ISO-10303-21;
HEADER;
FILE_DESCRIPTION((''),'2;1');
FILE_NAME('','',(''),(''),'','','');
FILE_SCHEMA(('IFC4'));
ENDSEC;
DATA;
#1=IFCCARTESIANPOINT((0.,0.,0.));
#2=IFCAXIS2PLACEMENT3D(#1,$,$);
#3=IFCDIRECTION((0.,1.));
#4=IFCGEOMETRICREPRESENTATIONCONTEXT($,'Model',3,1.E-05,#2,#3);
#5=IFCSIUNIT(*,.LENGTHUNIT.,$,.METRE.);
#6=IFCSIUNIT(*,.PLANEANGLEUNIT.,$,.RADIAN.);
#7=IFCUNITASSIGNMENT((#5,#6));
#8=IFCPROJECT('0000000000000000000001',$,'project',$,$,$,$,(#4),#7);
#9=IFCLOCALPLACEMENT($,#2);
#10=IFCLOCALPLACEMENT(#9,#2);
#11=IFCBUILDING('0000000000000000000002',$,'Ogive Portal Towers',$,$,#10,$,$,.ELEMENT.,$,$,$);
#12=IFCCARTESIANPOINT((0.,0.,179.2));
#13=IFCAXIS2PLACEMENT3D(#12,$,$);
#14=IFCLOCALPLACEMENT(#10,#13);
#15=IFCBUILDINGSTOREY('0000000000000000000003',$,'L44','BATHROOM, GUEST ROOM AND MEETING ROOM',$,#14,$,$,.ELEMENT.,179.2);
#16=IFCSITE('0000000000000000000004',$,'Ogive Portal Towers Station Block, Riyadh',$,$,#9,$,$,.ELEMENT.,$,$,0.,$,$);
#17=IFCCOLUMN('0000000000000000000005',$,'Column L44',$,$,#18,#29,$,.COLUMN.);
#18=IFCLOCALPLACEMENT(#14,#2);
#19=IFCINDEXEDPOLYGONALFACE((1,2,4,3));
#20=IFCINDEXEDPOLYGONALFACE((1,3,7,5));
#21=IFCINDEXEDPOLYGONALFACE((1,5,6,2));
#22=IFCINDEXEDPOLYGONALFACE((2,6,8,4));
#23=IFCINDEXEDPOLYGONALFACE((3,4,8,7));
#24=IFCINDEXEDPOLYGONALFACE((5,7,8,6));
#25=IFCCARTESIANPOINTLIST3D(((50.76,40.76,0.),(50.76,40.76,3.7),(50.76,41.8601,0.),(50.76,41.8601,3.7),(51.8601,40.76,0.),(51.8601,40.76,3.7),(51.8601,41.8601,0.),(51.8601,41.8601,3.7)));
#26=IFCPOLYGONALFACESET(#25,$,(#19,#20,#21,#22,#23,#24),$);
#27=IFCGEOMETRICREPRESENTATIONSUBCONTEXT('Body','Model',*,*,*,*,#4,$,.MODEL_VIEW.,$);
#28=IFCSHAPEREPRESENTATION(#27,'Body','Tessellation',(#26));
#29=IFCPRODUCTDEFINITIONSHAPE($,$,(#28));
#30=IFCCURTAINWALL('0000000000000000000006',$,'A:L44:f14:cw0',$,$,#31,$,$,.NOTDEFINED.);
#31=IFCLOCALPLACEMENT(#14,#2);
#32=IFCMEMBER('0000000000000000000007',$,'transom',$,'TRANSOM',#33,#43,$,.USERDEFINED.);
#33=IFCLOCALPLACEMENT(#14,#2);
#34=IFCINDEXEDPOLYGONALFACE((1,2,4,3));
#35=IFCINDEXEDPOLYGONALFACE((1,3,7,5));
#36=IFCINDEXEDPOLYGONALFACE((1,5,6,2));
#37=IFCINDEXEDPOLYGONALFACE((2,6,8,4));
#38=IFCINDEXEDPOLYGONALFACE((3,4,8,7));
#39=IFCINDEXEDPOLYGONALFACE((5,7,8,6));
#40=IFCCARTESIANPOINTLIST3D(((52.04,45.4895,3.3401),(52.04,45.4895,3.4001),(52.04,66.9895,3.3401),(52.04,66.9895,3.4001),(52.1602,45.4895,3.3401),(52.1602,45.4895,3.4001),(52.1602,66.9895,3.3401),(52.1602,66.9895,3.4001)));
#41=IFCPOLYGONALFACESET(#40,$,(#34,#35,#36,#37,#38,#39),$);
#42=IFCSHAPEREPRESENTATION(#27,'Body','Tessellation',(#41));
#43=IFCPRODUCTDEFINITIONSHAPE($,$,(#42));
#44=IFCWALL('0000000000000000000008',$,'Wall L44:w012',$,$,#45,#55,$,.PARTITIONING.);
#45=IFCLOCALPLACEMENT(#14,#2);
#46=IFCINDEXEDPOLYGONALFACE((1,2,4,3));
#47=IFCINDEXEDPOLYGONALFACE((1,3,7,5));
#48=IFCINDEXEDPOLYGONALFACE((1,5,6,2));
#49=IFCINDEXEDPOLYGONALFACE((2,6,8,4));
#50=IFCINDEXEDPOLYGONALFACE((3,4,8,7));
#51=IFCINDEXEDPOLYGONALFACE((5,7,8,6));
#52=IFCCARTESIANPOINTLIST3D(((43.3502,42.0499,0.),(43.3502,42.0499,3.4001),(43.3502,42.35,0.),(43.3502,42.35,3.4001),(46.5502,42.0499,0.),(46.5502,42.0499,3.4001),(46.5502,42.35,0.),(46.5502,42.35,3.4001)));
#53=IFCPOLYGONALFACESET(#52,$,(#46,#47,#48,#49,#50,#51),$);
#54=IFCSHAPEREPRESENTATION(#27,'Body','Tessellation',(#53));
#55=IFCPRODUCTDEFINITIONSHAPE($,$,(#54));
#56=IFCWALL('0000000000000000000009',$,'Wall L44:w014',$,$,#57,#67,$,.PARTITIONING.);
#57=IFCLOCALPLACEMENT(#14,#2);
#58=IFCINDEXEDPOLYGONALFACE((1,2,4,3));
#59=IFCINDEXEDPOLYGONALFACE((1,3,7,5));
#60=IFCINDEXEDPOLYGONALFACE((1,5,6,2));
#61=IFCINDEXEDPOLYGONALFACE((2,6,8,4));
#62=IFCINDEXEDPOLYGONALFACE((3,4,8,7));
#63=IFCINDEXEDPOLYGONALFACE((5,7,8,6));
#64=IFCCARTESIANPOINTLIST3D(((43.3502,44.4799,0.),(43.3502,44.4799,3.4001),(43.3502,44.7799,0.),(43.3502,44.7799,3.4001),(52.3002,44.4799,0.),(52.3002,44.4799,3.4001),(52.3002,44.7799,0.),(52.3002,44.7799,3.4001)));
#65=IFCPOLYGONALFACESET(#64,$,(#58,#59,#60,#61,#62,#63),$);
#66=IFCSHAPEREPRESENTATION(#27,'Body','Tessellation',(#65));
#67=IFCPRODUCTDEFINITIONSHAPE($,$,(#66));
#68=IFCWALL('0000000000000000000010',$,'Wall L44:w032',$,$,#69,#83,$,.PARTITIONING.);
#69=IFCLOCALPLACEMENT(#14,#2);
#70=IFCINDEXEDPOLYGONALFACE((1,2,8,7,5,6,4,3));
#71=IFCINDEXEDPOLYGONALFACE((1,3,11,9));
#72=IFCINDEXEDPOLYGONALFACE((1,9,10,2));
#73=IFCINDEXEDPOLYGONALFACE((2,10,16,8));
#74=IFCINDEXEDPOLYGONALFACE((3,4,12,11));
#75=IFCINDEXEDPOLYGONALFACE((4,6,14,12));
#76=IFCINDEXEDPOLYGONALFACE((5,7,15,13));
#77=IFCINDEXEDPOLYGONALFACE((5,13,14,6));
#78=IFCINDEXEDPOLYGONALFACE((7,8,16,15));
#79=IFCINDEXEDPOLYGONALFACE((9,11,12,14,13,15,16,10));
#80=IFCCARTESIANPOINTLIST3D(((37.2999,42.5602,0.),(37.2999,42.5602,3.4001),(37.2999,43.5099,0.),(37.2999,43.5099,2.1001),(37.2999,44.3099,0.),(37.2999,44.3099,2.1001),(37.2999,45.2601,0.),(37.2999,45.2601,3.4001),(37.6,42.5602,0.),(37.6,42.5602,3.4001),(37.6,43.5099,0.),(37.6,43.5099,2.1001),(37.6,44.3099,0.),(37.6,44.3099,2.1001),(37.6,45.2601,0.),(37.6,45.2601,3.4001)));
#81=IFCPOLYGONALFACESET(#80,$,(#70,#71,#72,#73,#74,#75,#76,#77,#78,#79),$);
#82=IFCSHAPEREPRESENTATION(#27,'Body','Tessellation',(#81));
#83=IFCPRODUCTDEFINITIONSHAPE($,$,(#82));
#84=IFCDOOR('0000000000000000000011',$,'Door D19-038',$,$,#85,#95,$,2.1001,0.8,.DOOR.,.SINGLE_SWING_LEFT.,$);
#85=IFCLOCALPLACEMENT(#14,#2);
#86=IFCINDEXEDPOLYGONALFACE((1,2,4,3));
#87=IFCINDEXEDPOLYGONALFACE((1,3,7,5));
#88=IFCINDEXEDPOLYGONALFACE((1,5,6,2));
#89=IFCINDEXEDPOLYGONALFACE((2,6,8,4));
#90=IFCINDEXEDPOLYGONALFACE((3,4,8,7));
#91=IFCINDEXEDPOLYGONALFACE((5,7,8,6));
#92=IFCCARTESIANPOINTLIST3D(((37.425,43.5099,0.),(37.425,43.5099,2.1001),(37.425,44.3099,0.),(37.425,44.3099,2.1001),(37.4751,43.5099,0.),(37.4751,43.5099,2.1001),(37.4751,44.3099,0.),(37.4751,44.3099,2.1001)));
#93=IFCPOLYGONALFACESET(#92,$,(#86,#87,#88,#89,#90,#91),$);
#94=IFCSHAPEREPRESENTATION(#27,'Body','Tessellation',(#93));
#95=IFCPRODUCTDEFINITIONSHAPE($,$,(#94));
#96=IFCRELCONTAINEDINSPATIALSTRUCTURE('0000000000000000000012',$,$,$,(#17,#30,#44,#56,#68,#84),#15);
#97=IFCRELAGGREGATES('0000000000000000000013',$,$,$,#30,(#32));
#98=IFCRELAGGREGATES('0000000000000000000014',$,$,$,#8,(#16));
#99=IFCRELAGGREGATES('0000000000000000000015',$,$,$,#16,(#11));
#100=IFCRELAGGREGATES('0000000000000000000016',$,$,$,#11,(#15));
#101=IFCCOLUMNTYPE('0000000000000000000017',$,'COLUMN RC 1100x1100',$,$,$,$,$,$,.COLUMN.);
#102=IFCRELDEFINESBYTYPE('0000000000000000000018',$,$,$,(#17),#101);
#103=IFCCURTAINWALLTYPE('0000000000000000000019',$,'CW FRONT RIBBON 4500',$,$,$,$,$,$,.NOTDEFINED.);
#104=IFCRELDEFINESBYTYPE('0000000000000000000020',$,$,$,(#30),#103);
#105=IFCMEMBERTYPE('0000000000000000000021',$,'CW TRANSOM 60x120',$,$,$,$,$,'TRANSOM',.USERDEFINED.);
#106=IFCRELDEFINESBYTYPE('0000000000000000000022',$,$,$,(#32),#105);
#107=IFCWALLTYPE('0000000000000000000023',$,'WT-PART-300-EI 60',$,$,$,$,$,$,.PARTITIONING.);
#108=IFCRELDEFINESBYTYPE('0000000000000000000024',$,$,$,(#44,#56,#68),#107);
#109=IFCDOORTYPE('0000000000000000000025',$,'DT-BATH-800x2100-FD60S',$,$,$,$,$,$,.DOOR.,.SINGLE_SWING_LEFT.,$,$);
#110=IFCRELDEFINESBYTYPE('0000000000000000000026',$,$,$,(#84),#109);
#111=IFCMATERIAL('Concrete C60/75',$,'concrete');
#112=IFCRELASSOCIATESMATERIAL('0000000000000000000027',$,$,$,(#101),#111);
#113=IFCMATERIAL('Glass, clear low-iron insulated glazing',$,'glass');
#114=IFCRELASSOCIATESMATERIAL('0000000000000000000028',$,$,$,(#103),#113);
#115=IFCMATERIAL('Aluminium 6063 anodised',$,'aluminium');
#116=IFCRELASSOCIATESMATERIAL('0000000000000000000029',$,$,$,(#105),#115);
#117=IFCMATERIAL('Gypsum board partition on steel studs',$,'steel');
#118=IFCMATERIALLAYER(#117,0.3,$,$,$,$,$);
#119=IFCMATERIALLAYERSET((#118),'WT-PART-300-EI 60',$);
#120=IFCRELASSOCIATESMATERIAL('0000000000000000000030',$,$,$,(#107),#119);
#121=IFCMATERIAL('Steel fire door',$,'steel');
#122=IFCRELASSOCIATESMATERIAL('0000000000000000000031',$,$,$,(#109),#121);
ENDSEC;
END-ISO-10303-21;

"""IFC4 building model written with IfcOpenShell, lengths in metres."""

from ifc_helpers import new_model, si_unit, direction, frame, frame_2d, origin, origin_2d, place, context, subcontext, project, spatial, rectangle, extrude, material, layer, layer_set, material_profile, profile_set, type_object, element, fill, aggregate, save


model = new_model("IFC4")

# Units and contexts
model_context = context("Model", 3, precision=1e-05, world=origin(), true_north=direction((0.0, 1.0)))
body_context = subcontext(model_context, "Body", "Model", "MODEL_VIEW")
ifc_project = project(units=[si_unit("LENGTHUNIT", "METRE"), si_unit("PLANEANGLEUNIT", "RADIAN")], contexts=[model_context])

# Site, building, storey
site_placement = place(None, origin())
site = spatial("IfcSite", under=ifc_project, at=site_placement, Name="Ogive Portal Towers Station Block, Riyadh", CompositionType="ELEMENT", RefElevation=0.0)
building_placement = place(site_placement, origin())
building = spatial("IfcBuilding", under=site, at=building_placement, Name="Ogive Portal Towers", CompositionType="ELEMENT")
storey_placement = place(building_placement, frame((0.0, 0.0, 179.2)))
storey = spatial("IfcBuildingStorey", under=building, at=storey_placement, Name="L44", Description="BATHROOM, GUEST ROOM AND MEETING ROOM", CompositionType="ELEMENT", Elevation=179.2)

# Column
ifc_material_1 = material(Name="Concrete C60/75", Category="concrete")
ifc_material_profile_1 = material_profile(ifc_material_1, rectangle(XDim=1.1001, YDim=1.1001, at=origin_2d()), Name="RC 1100x1100")
ifc_profile_set_1 = profile_set([ifc_material_profile_1], Name="Concrete C60/75")
column_type = type_object("IfcColumnType", Name="COLUMN RC 1100x1100", PredefinedType="COLUMN", material=ifc_profile_set_1)
column_placement = place(storey_placement, frame((51.3101, 41.3101, 0.0), z_axis=(0.0, 0.0, 1.0), x_axis=(1.0, 0.0, 0.0)))
element("IfcColumn", 1, at=column_placement, inside=storey, type_object=column_type, Name="Column L44", PredefinedType="COLUMN", context=body_context, shape_type="SweptSolid", body=[
    extrude(rectangle(XDim=1.1001, YDim=1.1001, at=origin_2d()), origin(), (0.0, 0.0, 1.0), 3.7),
])

# Curtain wall, member
ifc_material_2 = material(Name="Glass, clear low-iron insulated glazing", Category="glass")
curtain_wall_type = type_object("IfcCurtainWallType", Name="CW FRONT RIBBON 4500", PredefinedType="NOTDEFINED", material=ifc_material_2)
curtain_wall_placement = place(storey_placement, origin())
curtain_wall = element("IfcCurtainWall", 2, at=curtain_wall_placement, inside=storey, type_object=curtain_wall_type, Name="A:L44:f14:cw0", PredefinedType="NOTDEFINED")
ifc_material_3 = material(Name="Aluminium 6063 anodised", Category="aluminium")
ifc_material_profile_2 = material_profile(ifc_material_3, rectangle(XDim=0.1201, YDim=0.0601, at=origin_2d()), Name="AL 120x60")
ifc_profile_set_2 = profile_set([ifc_material_profile_2], Name="Aluminium 6063 anodised")
member_type = type_object("IfcMemberType", Name="CW TRANSOM 60x120", ElementType="TRANSOM", PredefinedType="USERDEFINED", material=ifc_profile_set_2)
member_placement = place(storey_placement, frame((52.1001, 45.4895, 3.3701), z_axis=(0.0, 1.0, 0.0), x_axis=(-1.0, 0.0, 0.0)))
member = element("IfcMember", 3, at=member_placement, type_object=member_type, Name="transom", ObjectType="TRANSOM", PredefinedType="USERDEFINED", context=body_context, shape_type="SweptSolid", body=[
    extrude(rectangle(XDim=0.1201, YDim=0.0601, at=origin_2d()), origin(), (0.0, 0.0, 1.0), 21.5),
])
aggregate(curtain_wall, [member])

# Walls
ifc_material_4 = material(Name="Gypsum board partition on steel studs", Category="steel")
ifc_layer_1 = layer(ifc_material_4, 0.3)
ifc_layer_set_1 = layer_set([ifc_layer_1], Name="WT-PART-300-EI 60")
wall_type_1 = type_object("IfcWallType", Name="WT-PART-300-EI 60", PredefinedType="PARTITIONING", material=ifc_layer_set_1)
wall_1_placement = place(storey_placement, frame((43.3501, 42.2, 0.0), z_axis=(0.0, 0.0, 1.0), x_axis=(1.0, 0.0, 0.0)))
element("IfcWall", 4, at=wall_1_placement, inside=storey, type_object=wall_type_1, Name="Wall L44:w012", PredefinedType="PARTITIONING", context=body_context, shape_type="SweptSolid", body=[
    extrude(rectangle(XDim=3.2, YDim=0.3, at=frame_2d((1.6001, 0.0))), origin(), (0.0, 0.0, 1.0), 3.4001),
])
wall_2_placement = place(storey_placement, frame((43.3501, 44.6299, 0.0), z_axis=(0.0, 0.0, 1.0), x_axis=(1.0, 0.0, 0.0)))
element("IfcWall", 5, at=wall_2_placement, inside=storey, type_object=wall_type_1, Name="Wall L44:w014", PredefinedType="PARTITIONING", context=body_context, shape_type="SweptSolid", body=[
    extrude(rectangle(XDim=8.95, YDim=0.3, at=frame_2d((4.4751, 0.0))), origin(), (0.0, 0.0, 1.0), 3.4001),
])

# Wall, opening, door
wall_3_placement = place(storey_placement, frame((37.45, 42.5601, 0.0), z_axis=(0.0, 0.0, 1.0), x_axis=(0.0, 1.0, 0.0)))
wall_3 = element("IfcWall", 6, at=wall_3_placement, inside=storey, type_object=wall_type_1, Name="Wall L44:w032", PredefinedType="PARTITIONING", context=body_context, shape_type="SweptSolid", body=[
    extrude(rectangle(XDim=2.7, YDim=0.3, at=frame_2d((1.3501, 0.0))), origin(), (0.0, 0.0, 1.0), 3.4001),
])
opening_1_placement = place(wall_3_placement, frame((0.95, 0.0, 0.0)))
opening_1 = element("IfcOpeningElement", 7, at=opening_1_placement, cuts=wall_3, PredefinedType="OPENING", context=body_context, shape_type="SweptSolid", body=[
    extrude(rectangle(XDim=0.8, YDim=2.1001, at=frame_2d((0.3999, 1.05))), frame((0.0, 0.1602, 0.0), z_axis=(0.0, -1.0, 0.0), x_axis=(1.0, 0.0, 0.0)), (0.0, 0.0, 1.0), 0.3201),
])
ifc_material_5 = material(Name="Steel fire door", Category="steel")
door_type_1 = type_object("IfcDoorType", Name="DT-BATH-800x2100-FD60S", OperationType="SINGLE_SWING_LEFT", PredefinedType="DOOR", material=ifc_material_5)
door_1_placement = place(opening_1_placement, origin())
door_1 = element("IfcDoor", 8, at=door_1_placement, inside=storey, type_object=door_type_1, Name="Door D19-038", OperationType="SINGLE_SWING_LEFT", OverallHeight=2.1001, OverallWidth=0.8, PredefinedType="DOOR", context=body_context, shape_type="SweptSolid", body=[
    extrude(rectangle(XDim=0.8, YDim=2.1001, at=frame_2d((0.3999, 1.05))), frame((0.0, 0.0249, 0.0), z_axis=(0.0, -1.0, 0.0), x_axis=(1.0, 0.0, 0.0)), (0.0, 0.0, 1.0), 0.05),
])
fill(opening_1, door_1)

save(model, "model.ifc")
